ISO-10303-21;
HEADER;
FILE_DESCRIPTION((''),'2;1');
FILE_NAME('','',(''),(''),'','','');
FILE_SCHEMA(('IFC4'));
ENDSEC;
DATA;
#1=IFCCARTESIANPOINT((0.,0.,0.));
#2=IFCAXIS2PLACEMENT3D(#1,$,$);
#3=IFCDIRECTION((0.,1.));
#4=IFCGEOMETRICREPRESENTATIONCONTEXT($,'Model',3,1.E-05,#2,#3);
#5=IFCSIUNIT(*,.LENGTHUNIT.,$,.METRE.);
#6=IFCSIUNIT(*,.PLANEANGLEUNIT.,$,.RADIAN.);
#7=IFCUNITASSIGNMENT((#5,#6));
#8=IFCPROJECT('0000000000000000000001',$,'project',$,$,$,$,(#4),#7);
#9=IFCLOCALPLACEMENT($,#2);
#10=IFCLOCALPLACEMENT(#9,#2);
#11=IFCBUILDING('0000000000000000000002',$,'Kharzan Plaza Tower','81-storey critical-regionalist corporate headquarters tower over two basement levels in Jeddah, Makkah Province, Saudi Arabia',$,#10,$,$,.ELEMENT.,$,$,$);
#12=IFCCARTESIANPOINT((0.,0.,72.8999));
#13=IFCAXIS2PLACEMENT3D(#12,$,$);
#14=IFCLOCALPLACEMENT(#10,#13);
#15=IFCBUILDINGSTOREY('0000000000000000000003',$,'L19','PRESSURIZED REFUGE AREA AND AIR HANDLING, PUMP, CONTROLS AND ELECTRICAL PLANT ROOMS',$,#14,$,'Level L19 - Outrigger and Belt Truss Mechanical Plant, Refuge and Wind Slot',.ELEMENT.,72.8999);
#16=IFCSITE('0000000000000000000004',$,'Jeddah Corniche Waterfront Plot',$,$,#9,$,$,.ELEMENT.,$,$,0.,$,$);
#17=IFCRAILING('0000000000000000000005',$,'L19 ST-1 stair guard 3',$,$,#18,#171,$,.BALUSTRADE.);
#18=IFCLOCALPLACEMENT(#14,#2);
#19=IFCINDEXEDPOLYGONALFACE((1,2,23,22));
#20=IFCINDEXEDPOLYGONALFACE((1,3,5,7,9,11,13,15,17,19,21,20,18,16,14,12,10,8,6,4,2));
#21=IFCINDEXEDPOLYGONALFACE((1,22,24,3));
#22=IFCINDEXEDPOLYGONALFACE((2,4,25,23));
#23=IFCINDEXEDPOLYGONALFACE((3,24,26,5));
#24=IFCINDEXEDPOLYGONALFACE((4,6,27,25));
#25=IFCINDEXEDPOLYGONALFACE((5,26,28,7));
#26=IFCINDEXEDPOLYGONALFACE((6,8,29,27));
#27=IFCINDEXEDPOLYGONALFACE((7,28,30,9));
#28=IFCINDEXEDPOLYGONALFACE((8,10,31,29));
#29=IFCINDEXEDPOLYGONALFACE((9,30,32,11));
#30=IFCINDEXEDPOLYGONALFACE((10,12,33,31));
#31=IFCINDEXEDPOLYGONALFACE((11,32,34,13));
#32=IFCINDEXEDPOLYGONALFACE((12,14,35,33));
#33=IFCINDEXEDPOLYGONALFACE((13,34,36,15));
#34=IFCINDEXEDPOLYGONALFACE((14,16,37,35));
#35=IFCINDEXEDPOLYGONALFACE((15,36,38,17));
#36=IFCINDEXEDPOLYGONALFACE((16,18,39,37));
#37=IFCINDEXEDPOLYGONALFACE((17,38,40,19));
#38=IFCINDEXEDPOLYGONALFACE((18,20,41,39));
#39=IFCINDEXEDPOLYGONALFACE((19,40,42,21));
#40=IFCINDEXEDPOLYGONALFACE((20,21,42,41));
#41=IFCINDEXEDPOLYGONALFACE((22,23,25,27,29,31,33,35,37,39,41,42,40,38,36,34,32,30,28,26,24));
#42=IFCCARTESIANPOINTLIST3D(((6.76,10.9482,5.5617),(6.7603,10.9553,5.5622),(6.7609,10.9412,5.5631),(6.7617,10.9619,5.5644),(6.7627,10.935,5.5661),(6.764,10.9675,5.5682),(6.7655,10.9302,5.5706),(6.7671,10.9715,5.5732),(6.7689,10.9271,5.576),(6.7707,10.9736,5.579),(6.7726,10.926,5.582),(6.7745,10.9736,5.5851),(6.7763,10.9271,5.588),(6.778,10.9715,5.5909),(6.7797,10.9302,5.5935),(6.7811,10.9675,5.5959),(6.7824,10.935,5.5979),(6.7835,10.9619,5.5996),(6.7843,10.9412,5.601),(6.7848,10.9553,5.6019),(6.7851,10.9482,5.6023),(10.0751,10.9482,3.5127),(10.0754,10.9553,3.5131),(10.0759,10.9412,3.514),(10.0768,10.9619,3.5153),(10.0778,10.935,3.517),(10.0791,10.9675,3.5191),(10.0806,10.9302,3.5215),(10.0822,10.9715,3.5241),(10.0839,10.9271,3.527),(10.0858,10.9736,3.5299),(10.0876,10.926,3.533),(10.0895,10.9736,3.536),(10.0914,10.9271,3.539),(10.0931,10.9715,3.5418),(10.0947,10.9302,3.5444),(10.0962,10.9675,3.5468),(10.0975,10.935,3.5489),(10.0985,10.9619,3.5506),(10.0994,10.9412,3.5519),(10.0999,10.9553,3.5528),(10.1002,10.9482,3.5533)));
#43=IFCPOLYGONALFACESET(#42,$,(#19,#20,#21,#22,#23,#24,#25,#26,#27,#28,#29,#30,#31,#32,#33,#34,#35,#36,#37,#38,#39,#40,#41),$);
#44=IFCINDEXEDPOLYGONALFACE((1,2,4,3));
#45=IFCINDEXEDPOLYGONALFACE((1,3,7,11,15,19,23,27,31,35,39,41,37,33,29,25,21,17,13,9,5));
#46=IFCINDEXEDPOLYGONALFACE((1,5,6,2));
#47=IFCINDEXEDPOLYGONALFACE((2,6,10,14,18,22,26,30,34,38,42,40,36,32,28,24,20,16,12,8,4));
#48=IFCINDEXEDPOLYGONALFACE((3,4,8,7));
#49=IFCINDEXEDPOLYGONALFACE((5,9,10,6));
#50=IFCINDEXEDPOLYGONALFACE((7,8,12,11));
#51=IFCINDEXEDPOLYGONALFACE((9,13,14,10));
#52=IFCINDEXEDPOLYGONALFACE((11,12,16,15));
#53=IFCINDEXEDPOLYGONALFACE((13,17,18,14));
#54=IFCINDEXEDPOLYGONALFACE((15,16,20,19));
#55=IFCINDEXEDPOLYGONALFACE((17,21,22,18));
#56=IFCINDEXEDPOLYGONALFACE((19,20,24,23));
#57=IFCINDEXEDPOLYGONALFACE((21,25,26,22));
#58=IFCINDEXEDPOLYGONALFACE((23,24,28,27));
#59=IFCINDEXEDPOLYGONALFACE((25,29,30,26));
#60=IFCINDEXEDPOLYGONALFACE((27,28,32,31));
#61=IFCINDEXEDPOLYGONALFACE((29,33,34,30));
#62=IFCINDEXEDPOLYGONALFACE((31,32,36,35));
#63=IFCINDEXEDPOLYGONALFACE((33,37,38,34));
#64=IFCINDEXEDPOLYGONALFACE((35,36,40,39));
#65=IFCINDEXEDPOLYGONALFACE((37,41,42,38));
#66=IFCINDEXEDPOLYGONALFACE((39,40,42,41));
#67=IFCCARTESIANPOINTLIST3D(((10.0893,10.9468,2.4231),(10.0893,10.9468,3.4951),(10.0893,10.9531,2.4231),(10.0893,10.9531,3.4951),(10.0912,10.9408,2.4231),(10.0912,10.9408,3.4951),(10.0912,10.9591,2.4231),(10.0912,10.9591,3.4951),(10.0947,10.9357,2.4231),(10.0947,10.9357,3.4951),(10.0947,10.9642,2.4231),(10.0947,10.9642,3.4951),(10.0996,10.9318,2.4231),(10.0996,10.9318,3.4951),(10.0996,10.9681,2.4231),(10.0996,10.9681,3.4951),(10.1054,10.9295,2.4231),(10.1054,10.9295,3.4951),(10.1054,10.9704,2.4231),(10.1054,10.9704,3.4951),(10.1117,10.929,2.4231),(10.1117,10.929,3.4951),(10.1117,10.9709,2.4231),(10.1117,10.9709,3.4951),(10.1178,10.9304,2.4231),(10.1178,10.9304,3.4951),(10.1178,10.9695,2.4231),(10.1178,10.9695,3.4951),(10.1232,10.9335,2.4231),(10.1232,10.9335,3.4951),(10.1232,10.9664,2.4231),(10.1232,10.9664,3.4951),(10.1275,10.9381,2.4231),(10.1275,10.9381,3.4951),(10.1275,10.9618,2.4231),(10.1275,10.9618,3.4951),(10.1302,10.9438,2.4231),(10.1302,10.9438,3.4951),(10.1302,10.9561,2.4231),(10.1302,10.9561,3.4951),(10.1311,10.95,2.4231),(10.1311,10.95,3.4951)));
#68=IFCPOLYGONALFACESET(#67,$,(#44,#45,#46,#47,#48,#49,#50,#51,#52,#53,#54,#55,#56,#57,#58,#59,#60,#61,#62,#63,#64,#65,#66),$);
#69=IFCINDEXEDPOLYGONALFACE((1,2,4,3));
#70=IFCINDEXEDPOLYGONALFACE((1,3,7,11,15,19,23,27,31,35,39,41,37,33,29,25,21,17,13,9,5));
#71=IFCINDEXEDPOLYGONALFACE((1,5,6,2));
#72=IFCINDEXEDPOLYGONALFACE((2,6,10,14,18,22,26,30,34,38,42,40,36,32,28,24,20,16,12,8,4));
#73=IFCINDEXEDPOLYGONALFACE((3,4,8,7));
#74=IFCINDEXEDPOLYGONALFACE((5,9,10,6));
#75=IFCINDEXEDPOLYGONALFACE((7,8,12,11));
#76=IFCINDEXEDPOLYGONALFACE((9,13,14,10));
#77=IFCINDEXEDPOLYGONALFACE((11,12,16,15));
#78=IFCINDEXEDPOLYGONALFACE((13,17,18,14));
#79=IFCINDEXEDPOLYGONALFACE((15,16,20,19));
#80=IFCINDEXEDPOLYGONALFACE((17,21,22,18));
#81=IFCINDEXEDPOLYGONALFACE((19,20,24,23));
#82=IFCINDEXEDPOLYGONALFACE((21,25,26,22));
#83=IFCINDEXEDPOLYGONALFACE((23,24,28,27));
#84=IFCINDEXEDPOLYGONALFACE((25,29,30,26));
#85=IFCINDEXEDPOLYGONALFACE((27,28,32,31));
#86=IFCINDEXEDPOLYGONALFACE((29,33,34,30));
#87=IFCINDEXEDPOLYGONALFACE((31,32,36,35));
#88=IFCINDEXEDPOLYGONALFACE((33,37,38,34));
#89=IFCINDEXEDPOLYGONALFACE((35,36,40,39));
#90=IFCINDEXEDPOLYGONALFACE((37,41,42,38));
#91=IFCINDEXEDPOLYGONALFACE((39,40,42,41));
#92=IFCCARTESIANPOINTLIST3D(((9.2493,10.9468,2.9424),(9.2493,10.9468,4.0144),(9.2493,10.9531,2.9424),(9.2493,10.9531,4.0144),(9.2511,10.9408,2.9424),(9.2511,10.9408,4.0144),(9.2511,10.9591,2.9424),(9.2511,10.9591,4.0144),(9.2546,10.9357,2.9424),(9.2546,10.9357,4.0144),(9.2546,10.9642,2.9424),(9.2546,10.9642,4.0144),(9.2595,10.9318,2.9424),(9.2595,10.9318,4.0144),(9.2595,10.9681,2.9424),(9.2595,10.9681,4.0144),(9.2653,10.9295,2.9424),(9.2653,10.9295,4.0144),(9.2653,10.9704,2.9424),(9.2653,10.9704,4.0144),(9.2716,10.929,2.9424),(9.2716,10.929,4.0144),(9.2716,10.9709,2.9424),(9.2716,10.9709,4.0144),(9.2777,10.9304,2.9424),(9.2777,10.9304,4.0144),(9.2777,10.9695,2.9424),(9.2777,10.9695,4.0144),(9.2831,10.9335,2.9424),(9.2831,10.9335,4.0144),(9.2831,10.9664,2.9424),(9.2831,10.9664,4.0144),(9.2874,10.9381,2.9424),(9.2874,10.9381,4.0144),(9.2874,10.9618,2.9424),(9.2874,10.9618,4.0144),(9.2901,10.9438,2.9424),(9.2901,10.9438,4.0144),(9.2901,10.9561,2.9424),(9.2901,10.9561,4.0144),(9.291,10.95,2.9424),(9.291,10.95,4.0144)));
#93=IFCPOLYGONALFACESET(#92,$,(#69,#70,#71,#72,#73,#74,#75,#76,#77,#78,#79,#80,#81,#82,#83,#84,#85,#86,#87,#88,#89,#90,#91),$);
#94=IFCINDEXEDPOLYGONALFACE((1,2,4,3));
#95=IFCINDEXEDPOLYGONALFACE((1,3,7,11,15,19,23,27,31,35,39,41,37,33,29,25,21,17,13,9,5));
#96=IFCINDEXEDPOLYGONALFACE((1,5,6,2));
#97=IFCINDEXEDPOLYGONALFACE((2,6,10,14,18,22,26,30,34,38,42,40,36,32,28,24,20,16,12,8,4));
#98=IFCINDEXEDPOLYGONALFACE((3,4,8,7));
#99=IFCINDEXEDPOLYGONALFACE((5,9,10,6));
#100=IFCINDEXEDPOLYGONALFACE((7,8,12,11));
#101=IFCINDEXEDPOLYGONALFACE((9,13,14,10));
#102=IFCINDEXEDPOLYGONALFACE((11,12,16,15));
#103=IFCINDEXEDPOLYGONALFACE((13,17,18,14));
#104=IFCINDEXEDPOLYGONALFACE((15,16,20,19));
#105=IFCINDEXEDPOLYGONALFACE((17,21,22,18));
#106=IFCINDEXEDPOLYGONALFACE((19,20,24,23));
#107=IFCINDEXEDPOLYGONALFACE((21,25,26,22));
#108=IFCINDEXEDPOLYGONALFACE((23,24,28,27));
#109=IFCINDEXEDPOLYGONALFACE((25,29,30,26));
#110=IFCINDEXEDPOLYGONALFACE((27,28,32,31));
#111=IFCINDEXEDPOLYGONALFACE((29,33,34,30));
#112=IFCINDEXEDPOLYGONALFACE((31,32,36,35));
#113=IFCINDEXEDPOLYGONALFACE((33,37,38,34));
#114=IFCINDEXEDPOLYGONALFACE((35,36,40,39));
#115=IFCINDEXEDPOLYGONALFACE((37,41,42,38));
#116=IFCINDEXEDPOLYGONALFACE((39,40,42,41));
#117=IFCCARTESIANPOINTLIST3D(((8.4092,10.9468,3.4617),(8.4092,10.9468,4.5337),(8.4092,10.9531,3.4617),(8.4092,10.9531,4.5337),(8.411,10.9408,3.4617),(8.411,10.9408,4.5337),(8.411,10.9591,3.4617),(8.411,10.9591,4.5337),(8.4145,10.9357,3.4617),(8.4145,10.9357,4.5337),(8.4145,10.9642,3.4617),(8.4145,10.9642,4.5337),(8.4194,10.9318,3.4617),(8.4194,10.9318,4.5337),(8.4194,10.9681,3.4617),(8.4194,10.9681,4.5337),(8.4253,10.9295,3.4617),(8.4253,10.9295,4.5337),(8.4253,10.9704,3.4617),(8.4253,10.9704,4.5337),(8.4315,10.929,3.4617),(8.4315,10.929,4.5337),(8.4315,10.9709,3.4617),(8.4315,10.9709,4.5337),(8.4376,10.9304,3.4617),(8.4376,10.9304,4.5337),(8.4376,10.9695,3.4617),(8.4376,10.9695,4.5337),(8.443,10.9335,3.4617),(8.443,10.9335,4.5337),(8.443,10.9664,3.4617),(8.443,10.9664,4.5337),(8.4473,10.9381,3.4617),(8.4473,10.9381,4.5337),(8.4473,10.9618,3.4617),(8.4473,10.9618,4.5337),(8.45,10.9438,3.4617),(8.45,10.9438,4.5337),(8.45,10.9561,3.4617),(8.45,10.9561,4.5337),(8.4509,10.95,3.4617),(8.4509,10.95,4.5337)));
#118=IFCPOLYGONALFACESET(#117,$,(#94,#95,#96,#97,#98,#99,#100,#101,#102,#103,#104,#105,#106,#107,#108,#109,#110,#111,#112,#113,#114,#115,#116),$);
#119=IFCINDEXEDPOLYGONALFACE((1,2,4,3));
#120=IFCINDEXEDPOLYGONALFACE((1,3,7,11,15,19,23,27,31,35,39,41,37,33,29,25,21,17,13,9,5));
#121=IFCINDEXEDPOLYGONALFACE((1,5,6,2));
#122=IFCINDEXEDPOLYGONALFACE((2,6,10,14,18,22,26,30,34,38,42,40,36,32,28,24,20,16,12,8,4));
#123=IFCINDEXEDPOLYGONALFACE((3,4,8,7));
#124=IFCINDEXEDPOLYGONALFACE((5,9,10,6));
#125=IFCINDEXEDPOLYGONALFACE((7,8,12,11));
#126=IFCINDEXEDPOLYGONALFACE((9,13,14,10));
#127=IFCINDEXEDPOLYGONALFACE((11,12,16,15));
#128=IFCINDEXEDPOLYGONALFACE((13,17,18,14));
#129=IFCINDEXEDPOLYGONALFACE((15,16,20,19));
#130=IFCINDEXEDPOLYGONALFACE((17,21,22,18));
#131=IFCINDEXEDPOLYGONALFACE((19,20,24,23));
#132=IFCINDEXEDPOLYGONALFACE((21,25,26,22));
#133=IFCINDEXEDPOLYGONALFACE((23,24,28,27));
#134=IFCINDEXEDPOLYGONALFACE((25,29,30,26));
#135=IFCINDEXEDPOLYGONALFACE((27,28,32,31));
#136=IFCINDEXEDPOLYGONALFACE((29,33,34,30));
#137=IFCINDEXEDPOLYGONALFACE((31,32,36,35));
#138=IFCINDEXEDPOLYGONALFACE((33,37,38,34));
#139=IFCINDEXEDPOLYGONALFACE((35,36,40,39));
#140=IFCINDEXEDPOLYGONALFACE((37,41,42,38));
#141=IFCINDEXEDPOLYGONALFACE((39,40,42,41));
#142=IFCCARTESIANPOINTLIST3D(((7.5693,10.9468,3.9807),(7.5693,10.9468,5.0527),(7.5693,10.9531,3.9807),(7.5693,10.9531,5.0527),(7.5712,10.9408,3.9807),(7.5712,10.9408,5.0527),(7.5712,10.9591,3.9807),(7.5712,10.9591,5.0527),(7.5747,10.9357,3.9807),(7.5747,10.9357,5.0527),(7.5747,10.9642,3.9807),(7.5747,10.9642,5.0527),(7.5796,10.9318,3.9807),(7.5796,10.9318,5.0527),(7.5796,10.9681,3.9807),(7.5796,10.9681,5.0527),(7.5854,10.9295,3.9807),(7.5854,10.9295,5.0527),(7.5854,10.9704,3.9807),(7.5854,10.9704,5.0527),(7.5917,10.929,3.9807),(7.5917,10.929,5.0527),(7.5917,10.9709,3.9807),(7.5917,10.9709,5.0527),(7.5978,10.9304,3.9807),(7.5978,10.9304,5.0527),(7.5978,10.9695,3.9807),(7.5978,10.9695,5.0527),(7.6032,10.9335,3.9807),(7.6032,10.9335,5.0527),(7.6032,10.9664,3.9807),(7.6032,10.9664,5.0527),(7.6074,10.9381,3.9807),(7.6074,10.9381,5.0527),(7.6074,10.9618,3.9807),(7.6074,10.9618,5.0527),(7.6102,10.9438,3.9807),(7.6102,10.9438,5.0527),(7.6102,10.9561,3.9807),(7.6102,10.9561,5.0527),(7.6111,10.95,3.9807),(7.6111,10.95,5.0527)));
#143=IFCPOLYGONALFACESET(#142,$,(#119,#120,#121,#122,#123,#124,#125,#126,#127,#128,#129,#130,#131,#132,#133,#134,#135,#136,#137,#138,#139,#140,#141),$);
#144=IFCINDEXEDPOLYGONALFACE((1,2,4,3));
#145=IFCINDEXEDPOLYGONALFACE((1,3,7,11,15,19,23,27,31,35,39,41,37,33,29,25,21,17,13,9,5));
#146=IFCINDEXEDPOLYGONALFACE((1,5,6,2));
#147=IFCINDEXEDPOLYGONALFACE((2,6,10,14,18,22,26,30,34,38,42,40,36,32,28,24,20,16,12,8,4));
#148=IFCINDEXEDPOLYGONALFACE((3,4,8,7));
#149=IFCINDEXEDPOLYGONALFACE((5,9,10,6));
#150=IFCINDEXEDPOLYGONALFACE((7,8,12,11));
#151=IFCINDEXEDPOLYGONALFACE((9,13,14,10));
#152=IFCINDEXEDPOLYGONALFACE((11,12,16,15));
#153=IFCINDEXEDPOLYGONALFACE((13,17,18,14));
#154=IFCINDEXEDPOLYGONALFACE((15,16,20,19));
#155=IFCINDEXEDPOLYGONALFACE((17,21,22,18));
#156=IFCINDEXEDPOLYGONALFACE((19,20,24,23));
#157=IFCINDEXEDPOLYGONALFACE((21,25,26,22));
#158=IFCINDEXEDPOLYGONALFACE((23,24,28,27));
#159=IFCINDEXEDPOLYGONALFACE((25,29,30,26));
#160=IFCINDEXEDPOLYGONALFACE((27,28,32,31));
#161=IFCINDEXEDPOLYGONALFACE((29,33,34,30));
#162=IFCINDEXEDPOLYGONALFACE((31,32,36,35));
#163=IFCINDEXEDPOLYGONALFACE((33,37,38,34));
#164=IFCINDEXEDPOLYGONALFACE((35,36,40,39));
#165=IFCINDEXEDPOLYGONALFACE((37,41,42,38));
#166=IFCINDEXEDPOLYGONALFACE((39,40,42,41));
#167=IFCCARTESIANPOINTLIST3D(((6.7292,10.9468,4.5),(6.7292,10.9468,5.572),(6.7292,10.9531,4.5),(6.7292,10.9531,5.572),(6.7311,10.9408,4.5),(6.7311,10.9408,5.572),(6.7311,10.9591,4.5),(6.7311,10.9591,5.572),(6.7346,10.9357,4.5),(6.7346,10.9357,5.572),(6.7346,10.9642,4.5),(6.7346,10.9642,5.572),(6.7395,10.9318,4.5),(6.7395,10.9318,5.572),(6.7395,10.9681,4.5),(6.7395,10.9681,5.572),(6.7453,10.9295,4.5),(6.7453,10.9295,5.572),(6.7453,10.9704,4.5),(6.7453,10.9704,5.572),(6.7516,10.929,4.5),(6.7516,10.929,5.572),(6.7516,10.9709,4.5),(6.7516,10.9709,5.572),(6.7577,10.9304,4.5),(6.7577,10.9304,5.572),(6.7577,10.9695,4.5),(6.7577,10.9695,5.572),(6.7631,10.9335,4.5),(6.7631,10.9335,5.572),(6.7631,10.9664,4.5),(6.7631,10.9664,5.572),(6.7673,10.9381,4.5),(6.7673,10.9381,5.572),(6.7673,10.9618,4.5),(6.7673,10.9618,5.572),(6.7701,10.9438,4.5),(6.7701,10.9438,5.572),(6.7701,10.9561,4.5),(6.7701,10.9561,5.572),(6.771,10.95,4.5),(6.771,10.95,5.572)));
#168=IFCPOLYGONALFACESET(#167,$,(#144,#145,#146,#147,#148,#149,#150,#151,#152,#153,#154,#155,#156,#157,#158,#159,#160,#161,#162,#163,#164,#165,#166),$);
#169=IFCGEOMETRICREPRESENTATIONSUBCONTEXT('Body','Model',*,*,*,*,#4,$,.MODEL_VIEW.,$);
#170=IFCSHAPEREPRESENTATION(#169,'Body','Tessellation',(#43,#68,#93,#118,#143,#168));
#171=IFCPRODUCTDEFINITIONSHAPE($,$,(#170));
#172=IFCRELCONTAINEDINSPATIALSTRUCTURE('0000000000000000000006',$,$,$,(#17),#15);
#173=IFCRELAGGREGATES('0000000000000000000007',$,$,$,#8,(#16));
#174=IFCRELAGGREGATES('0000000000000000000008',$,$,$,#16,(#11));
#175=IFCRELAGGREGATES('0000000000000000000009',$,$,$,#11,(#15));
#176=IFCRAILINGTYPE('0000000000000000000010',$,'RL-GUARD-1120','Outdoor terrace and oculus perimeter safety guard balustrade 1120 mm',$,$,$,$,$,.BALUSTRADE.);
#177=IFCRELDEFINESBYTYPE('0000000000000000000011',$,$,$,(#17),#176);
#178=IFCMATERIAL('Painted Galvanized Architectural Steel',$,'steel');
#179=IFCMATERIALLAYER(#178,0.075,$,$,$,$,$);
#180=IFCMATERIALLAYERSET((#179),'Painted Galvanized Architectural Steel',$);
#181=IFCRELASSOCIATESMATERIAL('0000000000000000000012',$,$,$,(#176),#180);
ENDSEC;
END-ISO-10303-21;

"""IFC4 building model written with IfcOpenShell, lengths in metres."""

from ifc_helpers import new_model, si_unit, direction, frame, origin, origin_2d, place, context, subcontext, project, spatial, circle, extrude, source, transform, mapped, material, layer, layer_set, type_object, element, save


model = new_model("IFC4")

# Units and contexts
model_context = context("Model", 3, precision=1e-05, world=origin(), true_north=direction((0.0, 1.0)))
body_context = subcontext(model_context, "Body", "Model", "MODEL_VIEW")
ifc_project = project(units=[si_unit("LENGTHUNIT", "METRE"), si_unit("PLANEANGLEUNIT", "RADIAN")], contexts=[model_context])

# Site, building, storey
site_placement = place(None, origin())
site = spatial("IfcSite", under=ifc_project, at=site_placement, Name="Jeddah Corniche Waterfront Plot", CompositionType="ELEMENT", RefElevation=0.0)
building_placement = place(site_placement, origin())
building = spatial("IfcBuilding", under=site, at=building_placement, Name="Kharzan Plaza Tower", Description="81-storey critical-regionalist corporate headquarters tower over two basement levels in Jeddah, Makkah Province, Saudi Arabia", CompositionType="ELEMENT")
storey_placement = place(building_placement, frame((0.0, 0.0, 72.8999)))
storey = spatial("IfcBuildingStorey", under=building, at=storey_placement, Name="L19", Description="PRESSURIZED REFUGE AREA AND AIR HANDLING, PUMP, CONTROLS AND ELECTRICAL PLANT ROOMS", LongName="Level L19 - Outrigger and Belt Truss Mechanical Plant, Refuge and Wind Slot", CompositionType="ELEMENT", Elevation=72.8999)

# Railing
ifc_material_1 = material(Name="Painted Galvanized Architectural Steel", Category="steel")
ifc_layer_1 = layer(ifc_material_1, 0.075)
ifc_layer_set_1 = layer_set([ifc_layer_1], Name="Painted Galvanized Architectural Steel")
railing_type_1 = type_object("IfcRailingType", Name="RL-GUARD-1120", Description="Outdoor terrace and oculus perimeter safety guard balustrade 1120 mm", PredefinedType="BALUSTRADE", material=ifc_layer_set_1)
shared_shape_1 = source(origin(), body_context, "Body", "SweptSolid", [
    extrude(circle(Radius=0.0239, at=origin_2d()), frame((-0.0225, 0.0, 1.1099), z_axis=(-0.850623, 0.0, 0.525776), x_axis=(0.0, -1.0, 0.0)), (0.0, 0.0, 1.0), 3.8972),
    extrude(circle(Radius=0.021, at=origin_2d()), origin(), (0.0, 0.0, 1.0), 1.072),
    extrude(circle(Radius=0.021, at=origin_2d()), frame((-0.8401, 0.0, 0.5193)), (0.0, 0.0, 1.0), 1.072),
    extrude(circle(Radius=0.021, at=origin_2d()), frame((-1.6802, 0.0, 1.0386)), (0.0, 0.0, 1.0), 1.072),
    extrude(circle(Radius=0.021, at=origin_2d()), frame((-2.52, 0.0, 1.5576)), (0.0, 0.0, 1.0), 1.072),
    extrude(circle(Radius=0.021, at=origin_2d()), frame((-3.3601, 0.0, 2.0769)), (0.0, 0.0, 1.0), 1.072),
])
railing_1_placement = place(storey_placement, frame((10.1101, 10.95, 2.4231)))
element("IfcRailing", 1, at=railing_1_placement, inside=storey, type_object=railing_type_1, Name="L19 ST-1 stair guard 3", PredefinedType="BALUSTRADE", context=body_context, shape_type="MappedRepresentation", body=[
    mapped(shared_shape_1, transform((0.0, 0.0, 0.0), x_axis=(1.0, 0.0, 0.0), y_axis=(0.0, 1.0, 0.0), z_axis=(0.0, 0.0, 1.0))),
])

save(model, "model.ifc")
